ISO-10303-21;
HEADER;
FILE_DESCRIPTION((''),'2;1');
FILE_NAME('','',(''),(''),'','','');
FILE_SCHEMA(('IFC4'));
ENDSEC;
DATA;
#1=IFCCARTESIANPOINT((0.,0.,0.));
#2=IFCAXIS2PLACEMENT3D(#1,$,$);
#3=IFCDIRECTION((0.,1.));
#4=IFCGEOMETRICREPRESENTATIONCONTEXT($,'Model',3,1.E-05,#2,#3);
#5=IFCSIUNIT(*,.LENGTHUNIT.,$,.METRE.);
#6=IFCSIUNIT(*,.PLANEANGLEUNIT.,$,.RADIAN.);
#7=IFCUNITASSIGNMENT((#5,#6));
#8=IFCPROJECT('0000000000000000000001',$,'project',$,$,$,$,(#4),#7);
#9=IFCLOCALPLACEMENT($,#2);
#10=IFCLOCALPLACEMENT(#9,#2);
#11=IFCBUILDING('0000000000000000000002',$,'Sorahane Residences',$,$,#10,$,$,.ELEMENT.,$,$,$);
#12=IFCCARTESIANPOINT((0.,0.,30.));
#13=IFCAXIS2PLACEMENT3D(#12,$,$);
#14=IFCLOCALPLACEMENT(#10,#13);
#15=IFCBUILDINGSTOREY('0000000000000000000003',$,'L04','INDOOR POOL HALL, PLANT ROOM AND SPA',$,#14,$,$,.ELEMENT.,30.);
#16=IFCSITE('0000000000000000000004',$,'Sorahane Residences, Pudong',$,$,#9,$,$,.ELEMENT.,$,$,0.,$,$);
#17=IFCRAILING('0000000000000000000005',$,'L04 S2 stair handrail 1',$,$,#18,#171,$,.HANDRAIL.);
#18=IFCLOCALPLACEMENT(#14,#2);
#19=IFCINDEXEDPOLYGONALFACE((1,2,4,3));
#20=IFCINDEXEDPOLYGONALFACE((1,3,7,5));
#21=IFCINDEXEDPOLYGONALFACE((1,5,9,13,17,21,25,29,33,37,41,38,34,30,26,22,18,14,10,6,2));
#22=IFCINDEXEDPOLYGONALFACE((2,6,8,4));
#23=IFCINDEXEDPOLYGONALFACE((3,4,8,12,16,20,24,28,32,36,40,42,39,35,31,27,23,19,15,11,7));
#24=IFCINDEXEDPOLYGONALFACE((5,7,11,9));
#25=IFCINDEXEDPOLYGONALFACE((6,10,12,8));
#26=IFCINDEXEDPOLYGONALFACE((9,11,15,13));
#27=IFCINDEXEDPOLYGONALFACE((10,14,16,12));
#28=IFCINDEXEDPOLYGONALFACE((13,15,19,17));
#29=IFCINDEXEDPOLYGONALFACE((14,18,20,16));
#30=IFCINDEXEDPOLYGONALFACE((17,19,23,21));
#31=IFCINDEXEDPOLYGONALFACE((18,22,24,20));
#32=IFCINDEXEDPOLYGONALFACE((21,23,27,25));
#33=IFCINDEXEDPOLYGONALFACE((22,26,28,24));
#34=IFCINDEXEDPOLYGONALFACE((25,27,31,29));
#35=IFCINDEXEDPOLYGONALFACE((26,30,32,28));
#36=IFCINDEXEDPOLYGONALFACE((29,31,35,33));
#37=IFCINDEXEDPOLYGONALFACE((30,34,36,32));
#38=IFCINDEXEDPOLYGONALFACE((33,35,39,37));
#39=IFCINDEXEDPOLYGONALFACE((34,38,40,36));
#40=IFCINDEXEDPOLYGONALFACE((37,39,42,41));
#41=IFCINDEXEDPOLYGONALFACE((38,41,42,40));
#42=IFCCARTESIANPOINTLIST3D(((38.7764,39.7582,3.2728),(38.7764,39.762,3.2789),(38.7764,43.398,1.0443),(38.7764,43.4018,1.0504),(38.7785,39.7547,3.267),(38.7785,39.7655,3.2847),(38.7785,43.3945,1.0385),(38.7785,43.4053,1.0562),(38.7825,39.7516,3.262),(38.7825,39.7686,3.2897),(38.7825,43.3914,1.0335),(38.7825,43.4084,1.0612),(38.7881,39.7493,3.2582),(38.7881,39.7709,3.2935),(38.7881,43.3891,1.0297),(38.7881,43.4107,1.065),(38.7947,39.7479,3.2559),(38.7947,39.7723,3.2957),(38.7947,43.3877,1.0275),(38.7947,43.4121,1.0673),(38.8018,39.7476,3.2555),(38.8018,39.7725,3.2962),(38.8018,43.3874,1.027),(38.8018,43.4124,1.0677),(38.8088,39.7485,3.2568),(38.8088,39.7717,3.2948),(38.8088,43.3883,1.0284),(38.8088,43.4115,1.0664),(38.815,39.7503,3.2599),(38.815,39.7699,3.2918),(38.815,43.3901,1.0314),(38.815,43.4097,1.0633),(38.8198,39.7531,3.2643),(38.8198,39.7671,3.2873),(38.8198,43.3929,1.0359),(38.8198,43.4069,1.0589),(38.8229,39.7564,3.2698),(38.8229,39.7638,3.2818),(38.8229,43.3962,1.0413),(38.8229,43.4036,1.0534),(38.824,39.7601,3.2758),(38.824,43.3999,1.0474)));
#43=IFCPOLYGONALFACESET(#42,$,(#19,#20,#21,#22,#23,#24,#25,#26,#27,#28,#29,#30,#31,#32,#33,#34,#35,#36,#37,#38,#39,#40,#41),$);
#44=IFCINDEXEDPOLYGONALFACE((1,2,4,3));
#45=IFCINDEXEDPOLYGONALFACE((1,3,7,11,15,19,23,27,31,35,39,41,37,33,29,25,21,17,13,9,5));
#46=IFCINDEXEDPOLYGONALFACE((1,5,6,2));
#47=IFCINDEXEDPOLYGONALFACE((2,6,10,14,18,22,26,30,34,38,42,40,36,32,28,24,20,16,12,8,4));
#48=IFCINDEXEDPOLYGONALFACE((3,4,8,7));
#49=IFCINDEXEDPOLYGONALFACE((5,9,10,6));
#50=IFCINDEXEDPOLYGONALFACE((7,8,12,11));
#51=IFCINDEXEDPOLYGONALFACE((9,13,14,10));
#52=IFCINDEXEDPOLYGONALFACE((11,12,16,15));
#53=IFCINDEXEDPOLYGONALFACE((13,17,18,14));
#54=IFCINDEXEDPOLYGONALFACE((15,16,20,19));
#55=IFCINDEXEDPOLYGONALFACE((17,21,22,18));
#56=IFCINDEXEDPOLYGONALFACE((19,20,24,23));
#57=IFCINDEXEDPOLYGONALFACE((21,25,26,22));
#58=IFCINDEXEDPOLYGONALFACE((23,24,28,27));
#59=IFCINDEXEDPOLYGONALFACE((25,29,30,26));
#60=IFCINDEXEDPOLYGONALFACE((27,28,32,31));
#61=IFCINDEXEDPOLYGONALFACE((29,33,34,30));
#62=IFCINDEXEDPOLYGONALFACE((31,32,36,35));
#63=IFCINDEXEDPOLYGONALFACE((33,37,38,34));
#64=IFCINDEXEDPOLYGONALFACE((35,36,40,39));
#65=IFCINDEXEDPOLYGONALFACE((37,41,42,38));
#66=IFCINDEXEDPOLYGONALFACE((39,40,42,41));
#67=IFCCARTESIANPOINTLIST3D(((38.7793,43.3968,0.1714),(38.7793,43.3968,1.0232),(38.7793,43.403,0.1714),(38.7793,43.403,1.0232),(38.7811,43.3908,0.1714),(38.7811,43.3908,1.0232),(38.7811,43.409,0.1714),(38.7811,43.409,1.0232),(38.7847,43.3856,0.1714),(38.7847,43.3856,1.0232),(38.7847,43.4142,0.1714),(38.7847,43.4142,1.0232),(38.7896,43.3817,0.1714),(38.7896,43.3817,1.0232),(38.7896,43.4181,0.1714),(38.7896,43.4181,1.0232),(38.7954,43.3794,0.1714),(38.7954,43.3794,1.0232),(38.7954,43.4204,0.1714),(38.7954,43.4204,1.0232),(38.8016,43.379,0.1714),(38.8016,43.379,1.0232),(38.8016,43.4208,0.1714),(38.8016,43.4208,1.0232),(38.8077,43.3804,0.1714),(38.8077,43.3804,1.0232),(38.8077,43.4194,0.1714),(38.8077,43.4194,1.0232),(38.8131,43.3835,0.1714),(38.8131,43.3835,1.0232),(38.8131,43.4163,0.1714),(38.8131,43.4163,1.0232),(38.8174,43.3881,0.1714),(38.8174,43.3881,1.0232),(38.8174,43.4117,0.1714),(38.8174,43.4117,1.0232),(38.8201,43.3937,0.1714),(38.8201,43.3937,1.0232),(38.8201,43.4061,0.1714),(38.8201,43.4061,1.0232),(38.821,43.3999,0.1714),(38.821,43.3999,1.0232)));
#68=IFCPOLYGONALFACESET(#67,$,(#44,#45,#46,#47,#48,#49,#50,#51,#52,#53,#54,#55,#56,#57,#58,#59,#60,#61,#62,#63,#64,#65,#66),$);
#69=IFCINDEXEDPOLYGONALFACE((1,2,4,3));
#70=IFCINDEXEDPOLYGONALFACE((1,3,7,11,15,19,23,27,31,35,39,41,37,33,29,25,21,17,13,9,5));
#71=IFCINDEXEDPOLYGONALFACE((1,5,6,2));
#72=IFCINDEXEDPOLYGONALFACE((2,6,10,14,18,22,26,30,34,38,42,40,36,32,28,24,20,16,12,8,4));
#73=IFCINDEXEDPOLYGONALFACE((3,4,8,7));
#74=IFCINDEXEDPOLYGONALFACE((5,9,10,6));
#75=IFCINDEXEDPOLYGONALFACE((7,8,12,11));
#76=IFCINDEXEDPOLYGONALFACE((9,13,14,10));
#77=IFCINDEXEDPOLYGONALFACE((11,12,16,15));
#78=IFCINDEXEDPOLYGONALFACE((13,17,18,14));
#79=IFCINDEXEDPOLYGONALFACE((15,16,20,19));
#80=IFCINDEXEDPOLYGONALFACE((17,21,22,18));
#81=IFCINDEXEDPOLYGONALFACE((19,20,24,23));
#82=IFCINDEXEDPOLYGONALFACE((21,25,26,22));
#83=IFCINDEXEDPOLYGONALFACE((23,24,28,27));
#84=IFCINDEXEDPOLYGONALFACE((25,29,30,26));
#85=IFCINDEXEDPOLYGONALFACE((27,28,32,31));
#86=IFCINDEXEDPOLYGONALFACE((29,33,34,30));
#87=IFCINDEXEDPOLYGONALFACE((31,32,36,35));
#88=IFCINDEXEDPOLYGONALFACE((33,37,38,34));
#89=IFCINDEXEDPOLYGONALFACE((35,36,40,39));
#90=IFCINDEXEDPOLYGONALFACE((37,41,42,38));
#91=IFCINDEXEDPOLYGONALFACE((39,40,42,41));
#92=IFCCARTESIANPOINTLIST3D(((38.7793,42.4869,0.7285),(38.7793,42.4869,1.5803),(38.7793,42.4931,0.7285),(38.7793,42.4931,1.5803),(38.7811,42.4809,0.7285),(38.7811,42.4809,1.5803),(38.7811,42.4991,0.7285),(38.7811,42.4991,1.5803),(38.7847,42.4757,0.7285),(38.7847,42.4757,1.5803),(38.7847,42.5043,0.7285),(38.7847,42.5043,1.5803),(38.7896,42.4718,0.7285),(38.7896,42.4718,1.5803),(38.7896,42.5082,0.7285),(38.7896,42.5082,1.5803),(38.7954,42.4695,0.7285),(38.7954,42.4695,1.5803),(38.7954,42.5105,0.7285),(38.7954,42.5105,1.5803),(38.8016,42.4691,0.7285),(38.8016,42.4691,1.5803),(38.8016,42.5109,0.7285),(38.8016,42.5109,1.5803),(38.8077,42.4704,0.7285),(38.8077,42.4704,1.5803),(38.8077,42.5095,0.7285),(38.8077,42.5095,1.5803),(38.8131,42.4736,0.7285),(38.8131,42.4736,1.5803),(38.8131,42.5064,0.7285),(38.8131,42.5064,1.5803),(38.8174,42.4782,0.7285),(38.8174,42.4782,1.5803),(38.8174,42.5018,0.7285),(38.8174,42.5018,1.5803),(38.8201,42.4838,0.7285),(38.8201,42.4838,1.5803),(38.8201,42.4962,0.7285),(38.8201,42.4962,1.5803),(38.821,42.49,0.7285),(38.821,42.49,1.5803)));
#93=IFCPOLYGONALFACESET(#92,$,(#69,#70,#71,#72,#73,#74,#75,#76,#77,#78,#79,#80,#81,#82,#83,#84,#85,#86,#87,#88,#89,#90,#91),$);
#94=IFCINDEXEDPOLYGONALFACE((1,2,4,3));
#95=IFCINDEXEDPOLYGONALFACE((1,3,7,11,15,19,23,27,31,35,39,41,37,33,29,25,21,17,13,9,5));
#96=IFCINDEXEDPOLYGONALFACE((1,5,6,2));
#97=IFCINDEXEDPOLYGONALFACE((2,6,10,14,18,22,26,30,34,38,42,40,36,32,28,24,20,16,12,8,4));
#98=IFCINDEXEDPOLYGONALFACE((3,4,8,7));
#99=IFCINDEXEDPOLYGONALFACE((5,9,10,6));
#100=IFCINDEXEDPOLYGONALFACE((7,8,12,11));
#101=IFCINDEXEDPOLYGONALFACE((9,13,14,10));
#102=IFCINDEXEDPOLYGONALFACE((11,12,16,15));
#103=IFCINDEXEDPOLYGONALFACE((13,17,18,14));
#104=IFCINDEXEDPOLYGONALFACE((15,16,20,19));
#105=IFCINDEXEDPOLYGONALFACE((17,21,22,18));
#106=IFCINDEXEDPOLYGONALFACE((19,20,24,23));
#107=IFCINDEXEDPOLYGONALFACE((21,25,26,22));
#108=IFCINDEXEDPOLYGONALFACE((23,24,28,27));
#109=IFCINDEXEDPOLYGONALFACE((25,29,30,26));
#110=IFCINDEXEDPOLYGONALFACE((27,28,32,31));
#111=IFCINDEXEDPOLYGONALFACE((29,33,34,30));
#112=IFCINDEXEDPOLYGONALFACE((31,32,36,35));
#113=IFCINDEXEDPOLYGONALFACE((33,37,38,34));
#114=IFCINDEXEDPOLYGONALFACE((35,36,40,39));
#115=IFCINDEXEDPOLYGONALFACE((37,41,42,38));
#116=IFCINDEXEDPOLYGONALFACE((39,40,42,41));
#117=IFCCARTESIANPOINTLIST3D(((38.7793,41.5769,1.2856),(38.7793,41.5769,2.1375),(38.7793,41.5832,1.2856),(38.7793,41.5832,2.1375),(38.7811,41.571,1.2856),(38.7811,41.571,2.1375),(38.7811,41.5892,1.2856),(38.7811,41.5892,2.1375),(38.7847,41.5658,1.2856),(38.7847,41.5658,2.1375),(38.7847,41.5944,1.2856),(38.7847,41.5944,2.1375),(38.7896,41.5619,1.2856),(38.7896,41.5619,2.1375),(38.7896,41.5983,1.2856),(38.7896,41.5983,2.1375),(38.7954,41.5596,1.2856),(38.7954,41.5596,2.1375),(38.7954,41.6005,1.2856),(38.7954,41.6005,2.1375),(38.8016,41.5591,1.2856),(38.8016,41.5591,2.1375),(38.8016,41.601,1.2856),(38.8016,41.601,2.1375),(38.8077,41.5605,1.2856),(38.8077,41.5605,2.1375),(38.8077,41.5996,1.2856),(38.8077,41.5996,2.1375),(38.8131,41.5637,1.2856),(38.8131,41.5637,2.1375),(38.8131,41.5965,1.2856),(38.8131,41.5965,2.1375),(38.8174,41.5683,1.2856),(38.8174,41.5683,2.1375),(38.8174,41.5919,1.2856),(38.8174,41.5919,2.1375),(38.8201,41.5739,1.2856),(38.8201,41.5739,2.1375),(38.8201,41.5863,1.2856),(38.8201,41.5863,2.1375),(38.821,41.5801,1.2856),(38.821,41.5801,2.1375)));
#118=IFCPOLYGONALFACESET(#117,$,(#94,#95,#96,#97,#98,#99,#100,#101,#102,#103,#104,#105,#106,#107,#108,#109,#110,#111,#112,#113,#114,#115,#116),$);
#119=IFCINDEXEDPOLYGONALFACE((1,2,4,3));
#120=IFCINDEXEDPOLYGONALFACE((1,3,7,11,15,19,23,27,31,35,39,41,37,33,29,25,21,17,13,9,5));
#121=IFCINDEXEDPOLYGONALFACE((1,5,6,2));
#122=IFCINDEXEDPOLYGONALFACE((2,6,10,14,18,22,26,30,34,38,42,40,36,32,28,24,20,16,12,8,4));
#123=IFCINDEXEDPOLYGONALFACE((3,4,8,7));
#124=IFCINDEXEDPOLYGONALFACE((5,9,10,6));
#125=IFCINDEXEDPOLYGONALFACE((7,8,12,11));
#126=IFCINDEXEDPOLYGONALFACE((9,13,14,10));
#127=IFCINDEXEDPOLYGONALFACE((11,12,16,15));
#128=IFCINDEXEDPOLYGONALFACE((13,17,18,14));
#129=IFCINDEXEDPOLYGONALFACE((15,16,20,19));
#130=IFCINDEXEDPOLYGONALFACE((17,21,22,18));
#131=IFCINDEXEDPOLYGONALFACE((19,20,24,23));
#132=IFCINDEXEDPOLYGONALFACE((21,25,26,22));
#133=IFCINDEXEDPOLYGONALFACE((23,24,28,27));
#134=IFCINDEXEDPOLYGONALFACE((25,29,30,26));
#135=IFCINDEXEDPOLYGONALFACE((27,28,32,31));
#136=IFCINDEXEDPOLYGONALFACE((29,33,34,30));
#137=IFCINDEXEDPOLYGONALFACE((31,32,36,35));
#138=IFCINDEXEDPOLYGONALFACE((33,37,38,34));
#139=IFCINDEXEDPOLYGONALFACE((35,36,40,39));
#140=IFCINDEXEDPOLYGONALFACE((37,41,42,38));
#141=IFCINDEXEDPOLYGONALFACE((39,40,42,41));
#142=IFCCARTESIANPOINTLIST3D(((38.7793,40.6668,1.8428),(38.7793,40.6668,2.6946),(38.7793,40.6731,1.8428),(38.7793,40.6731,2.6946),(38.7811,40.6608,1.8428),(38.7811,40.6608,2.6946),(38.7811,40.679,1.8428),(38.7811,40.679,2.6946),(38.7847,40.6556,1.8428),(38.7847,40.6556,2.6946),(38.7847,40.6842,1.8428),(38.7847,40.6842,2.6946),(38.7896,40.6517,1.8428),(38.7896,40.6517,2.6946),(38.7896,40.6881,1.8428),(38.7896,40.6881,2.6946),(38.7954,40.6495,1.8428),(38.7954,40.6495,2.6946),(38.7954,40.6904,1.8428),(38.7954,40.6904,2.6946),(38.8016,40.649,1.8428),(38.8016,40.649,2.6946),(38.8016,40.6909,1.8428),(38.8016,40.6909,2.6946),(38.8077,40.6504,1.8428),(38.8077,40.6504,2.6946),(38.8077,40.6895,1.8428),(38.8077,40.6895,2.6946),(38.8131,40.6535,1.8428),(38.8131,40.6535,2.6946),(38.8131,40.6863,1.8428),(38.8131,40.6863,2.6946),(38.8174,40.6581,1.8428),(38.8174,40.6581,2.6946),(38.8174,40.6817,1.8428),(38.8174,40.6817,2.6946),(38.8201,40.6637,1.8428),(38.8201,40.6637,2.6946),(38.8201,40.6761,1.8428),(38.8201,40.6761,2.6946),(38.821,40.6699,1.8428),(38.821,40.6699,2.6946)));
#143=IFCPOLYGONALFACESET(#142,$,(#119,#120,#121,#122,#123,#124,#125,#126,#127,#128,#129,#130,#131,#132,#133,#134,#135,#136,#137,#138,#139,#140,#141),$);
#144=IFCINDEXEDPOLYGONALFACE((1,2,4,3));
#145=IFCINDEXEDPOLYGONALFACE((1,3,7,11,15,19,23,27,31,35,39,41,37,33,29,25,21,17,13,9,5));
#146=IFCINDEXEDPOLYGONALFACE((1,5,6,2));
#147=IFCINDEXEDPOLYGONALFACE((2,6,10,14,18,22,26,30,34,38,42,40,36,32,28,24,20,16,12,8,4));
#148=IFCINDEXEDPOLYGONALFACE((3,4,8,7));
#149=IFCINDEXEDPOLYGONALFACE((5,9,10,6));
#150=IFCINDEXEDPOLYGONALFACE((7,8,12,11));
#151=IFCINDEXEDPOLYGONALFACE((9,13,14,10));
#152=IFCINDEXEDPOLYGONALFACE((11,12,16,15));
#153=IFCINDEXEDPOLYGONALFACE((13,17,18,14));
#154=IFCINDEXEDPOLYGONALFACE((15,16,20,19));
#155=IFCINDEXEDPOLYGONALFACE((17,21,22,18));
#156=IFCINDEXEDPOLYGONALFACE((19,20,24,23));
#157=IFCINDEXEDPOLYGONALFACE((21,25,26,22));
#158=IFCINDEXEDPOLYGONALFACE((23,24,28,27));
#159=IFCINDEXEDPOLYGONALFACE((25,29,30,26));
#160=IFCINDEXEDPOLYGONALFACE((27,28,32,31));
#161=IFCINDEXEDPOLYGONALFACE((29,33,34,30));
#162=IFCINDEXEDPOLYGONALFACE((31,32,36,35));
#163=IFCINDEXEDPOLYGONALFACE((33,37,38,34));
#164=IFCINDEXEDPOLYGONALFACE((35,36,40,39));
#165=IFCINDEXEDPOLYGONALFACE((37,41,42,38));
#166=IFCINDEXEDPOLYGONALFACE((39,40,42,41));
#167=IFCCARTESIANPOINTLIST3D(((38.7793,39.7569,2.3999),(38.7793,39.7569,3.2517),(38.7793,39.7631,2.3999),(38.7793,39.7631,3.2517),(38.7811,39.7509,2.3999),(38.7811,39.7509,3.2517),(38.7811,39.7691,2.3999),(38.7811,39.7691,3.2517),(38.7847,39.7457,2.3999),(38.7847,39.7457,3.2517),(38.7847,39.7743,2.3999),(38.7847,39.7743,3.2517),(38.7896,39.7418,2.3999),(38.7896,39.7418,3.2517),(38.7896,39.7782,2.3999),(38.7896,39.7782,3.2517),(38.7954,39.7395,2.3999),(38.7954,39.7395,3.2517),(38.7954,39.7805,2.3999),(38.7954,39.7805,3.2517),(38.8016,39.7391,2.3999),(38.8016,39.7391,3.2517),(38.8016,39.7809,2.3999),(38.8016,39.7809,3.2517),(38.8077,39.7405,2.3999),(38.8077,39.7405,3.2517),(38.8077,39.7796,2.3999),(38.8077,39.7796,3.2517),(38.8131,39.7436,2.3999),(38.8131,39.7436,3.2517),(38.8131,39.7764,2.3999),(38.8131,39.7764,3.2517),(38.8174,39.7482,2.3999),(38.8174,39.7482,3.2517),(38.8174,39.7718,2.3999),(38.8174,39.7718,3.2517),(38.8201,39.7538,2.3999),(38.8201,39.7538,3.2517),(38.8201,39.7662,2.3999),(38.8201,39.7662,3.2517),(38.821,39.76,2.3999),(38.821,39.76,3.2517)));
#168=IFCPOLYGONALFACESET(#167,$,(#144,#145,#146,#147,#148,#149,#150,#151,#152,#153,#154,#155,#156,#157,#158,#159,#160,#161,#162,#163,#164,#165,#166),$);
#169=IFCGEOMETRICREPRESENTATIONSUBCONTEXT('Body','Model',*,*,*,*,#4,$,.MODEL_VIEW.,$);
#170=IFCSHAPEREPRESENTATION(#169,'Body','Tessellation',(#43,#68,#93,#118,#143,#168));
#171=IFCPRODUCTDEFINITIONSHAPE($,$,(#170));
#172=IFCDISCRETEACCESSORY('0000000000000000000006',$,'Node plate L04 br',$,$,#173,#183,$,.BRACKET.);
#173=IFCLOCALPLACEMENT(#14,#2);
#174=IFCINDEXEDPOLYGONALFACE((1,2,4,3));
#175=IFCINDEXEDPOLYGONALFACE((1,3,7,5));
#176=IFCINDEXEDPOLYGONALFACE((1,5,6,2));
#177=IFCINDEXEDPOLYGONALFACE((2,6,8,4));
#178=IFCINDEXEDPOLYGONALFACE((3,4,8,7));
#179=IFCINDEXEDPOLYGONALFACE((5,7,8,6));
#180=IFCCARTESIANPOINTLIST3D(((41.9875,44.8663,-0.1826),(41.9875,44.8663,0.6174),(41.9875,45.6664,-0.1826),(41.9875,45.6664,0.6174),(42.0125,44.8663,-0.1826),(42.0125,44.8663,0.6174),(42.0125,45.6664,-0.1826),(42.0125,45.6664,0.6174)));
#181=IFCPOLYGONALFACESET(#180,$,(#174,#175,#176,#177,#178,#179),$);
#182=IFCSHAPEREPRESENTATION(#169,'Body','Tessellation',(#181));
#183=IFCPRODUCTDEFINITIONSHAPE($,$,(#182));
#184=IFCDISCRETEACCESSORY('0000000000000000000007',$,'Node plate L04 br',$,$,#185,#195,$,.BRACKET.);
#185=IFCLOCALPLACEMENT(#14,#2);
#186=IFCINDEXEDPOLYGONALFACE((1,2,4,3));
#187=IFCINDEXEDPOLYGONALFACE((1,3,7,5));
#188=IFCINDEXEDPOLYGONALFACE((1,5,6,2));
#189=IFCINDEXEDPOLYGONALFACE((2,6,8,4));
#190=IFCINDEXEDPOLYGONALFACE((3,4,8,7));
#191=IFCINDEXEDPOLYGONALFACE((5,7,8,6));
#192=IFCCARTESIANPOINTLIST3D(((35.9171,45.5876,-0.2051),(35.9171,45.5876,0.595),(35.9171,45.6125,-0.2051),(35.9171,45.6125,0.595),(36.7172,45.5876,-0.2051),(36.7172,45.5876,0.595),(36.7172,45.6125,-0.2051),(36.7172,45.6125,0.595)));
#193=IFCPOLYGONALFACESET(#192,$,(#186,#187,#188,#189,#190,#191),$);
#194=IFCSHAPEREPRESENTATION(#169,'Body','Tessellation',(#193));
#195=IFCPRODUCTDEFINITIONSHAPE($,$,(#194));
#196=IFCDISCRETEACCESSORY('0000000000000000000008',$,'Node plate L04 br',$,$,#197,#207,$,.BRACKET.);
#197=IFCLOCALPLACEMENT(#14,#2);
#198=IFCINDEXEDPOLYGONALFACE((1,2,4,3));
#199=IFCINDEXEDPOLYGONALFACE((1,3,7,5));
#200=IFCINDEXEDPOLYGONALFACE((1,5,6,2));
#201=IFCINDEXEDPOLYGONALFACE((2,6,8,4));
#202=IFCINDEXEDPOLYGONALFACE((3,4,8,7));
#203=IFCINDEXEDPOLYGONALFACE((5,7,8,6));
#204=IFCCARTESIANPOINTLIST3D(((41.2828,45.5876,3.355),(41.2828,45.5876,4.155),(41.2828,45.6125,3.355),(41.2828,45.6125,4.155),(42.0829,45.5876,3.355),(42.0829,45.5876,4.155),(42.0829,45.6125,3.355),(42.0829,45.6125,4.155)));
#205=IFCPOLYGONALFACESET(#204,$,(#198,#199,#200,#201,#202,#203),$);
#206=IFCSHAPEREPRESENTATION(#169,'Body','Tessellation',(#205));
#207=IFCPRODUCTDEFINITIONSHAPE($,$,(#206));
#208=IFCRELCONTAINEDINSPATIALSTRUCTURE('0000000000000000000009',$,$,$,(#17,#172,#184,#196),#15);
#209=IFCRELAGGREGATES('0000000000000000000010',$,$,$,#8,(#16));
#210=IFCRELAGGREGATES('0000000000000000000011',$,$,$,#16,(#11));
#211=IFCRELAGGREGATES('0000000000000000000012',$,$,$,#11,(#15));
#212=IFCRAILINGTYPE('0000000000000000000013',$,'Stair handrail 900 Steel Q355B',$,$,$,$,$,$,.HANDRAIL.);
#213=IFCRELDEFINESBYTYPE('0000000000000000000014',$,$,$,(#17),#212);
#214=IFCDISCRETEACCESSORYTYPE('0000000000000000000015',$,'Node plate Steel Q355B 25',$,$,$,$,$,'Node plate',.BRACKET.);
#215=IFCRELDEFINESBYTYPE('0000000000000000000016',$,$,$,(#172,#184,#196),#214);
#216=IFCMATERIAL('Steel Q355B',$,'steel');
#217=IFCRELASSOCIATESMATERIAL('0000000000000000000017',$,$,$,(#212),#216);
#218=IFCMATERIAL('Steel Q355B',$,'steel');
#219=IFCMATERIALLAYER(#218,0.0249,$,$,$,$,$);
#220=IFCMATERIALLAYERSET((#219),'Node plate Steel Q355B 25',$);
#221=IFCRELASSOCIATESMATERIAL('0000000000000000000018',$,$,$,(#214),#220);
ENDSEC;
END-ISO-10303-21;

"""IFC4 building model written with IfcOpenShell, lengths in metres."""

from ifc_helpers import new_model, si_unit, direction, frame, origin, origin_2d, place, context, subcontext, project, spatial, rectangle, circle, extrude, material, layer, layer_set, type_object, element, save


model = new_model("IFC4")

# Units and contexts
model_context = context("Model", 3, precision=1e-05, world=origin(), true_north=direction((0.0, 1.0)))
body_context = subcontext(model_context, "Body", "Model", "MODEL_VIEW")
ifc_project = project(units=[si_unit("LENGTHUNIT", "METRE"), si_unit("PLANEANGLEUNIT", "RADIAN")], contexts=[model_context])

# Site, building, storey
site_placement = place(None, origin())
site = spatial("IfcSite", under=ifc_project, at=site_placement, Name="Sorahane Residences, Pudong", CompositionType="ELEMENT", RefElevation=0.0)
building_placement = place(site_placement, origin())
building = spatial("IfcBuilding", under=site, at=building_placement, Name="Sorahane Residences", CompositionType="ELEMENT")
storey_placement = place(building_placement, frame((0.0, 0.0, 30.0)))
storey = spatial("IfcBuildingStorey", under=building, at=storey_placement, Name="L04", Description="INDOOR POOL HALL, PLANT ROOM AND SPA", CompositionType="ELEMENT", Elevation=30.0)

# Railing
ifc_material_1 = material(Name="Steel Q355B", Category="steel")
railing_type_1 = type_object("IfcRailingType", Name="Stair handrail 900 Steel Q355B", PredefinedType="HANDRAIL", material=ifc_material_1)
railing_1_placement = place(storey_placement, frame((38.8, 43.3999, 0.1714)))
element("IfcRailing", 1, at=railing_1_placement, inside=storey, type_object=railing_type_1, Name="L04 S2 stair handrail 1", PredefinedType="HANDRAIL", context=body_context, shape_type="SweptSolid", body=[
    extrude(circle(Radius=0.0239, at=origin_2d()), frame((0.0, 0.0, 0.876), z_axis=(0.0, -0.85285, 0.522156), x_axis=(1.0, 0.0, 0.0)), (0.0, 0.0, 1.0), 4.2678),
    extrude(circle(Radius=0.021, at=origin_2d()), origin(), (0.0, 0.0, 1.0), 0.8518),
    extrude(circle(Radius=0.021, at=origin_2d()), frame((0.0, -0.9099, 0.5571)), (0.0, 0.0, 1.0), 0.8518),
    extrude(circle(Radius=0.021, at=origin_2d()), frame((0.0, -1.8198, 1.1143)), (0.0, 0.0, 1.0), 0.8518),
    extrude(circle(Radius=0.021, at=origin_2d()), frame((0.0, -2.73, 1.6714)), (0.0, 0.0, 1.0), 0.8518),
    extrude(circle(Radius=0.021, at=origin_2d()), frame((0.0, -3.6399, 2.2285)), (0.0, 0.0, 1.0), 0.8518),
])

# Discrete accessories
ifc_material_2 = material(Name="Steel Q355B", Category="steel")
ifc_layer_1 = layer(ifc_material_2, 0.0249)
ifc_layer_set_1 = layer_set([ifc_layer_1], Name="Node plate Steel Q355B 25")
discrete_accessory_type = type_object("IfcDiscreteAccessoryType", Name="Node plate Steel Q355B 25", ElementType="Node plate", PredefinedType="BRACKET", material=ifc_layer_set_1)
for number, where, z_axis, x_axis, name in (
    (2, (42.0, 45.2664, -0.1826), (0.0, 0.0, 1.0), (0.0, 1.0, 0.0), "Node plate L04 br"),
    (3, (36.3171, 45.6001, -0.2051), (0.0, 0.0, 1.0), (1.0, 0.0, 0.0), "Node plate L04 br"),
    (4, (41.6829, 45.6001, 3.355), (0.0, 0.0, 1.0), (1.0, 0.0, 0.0), "Node plate L04 br"),
):
    element("IfcDiscreteAccessory", number, at=place(storey_placement, frame(where, z_axis=z_axis, x_axis=x_axis)), inside=storey, type_object=discrete_accessory_type, Name=name, PredefinedType="BRACKET", context=body_context, shape_type="SweptSolid", body=[
        extrude(rectangle(XDim=0.8, YDim=0.0249, at=origin_2d()), origin(), (0.0, 0.0, 1.0), 0.8),
    ])

save(model, "model.ifc")
